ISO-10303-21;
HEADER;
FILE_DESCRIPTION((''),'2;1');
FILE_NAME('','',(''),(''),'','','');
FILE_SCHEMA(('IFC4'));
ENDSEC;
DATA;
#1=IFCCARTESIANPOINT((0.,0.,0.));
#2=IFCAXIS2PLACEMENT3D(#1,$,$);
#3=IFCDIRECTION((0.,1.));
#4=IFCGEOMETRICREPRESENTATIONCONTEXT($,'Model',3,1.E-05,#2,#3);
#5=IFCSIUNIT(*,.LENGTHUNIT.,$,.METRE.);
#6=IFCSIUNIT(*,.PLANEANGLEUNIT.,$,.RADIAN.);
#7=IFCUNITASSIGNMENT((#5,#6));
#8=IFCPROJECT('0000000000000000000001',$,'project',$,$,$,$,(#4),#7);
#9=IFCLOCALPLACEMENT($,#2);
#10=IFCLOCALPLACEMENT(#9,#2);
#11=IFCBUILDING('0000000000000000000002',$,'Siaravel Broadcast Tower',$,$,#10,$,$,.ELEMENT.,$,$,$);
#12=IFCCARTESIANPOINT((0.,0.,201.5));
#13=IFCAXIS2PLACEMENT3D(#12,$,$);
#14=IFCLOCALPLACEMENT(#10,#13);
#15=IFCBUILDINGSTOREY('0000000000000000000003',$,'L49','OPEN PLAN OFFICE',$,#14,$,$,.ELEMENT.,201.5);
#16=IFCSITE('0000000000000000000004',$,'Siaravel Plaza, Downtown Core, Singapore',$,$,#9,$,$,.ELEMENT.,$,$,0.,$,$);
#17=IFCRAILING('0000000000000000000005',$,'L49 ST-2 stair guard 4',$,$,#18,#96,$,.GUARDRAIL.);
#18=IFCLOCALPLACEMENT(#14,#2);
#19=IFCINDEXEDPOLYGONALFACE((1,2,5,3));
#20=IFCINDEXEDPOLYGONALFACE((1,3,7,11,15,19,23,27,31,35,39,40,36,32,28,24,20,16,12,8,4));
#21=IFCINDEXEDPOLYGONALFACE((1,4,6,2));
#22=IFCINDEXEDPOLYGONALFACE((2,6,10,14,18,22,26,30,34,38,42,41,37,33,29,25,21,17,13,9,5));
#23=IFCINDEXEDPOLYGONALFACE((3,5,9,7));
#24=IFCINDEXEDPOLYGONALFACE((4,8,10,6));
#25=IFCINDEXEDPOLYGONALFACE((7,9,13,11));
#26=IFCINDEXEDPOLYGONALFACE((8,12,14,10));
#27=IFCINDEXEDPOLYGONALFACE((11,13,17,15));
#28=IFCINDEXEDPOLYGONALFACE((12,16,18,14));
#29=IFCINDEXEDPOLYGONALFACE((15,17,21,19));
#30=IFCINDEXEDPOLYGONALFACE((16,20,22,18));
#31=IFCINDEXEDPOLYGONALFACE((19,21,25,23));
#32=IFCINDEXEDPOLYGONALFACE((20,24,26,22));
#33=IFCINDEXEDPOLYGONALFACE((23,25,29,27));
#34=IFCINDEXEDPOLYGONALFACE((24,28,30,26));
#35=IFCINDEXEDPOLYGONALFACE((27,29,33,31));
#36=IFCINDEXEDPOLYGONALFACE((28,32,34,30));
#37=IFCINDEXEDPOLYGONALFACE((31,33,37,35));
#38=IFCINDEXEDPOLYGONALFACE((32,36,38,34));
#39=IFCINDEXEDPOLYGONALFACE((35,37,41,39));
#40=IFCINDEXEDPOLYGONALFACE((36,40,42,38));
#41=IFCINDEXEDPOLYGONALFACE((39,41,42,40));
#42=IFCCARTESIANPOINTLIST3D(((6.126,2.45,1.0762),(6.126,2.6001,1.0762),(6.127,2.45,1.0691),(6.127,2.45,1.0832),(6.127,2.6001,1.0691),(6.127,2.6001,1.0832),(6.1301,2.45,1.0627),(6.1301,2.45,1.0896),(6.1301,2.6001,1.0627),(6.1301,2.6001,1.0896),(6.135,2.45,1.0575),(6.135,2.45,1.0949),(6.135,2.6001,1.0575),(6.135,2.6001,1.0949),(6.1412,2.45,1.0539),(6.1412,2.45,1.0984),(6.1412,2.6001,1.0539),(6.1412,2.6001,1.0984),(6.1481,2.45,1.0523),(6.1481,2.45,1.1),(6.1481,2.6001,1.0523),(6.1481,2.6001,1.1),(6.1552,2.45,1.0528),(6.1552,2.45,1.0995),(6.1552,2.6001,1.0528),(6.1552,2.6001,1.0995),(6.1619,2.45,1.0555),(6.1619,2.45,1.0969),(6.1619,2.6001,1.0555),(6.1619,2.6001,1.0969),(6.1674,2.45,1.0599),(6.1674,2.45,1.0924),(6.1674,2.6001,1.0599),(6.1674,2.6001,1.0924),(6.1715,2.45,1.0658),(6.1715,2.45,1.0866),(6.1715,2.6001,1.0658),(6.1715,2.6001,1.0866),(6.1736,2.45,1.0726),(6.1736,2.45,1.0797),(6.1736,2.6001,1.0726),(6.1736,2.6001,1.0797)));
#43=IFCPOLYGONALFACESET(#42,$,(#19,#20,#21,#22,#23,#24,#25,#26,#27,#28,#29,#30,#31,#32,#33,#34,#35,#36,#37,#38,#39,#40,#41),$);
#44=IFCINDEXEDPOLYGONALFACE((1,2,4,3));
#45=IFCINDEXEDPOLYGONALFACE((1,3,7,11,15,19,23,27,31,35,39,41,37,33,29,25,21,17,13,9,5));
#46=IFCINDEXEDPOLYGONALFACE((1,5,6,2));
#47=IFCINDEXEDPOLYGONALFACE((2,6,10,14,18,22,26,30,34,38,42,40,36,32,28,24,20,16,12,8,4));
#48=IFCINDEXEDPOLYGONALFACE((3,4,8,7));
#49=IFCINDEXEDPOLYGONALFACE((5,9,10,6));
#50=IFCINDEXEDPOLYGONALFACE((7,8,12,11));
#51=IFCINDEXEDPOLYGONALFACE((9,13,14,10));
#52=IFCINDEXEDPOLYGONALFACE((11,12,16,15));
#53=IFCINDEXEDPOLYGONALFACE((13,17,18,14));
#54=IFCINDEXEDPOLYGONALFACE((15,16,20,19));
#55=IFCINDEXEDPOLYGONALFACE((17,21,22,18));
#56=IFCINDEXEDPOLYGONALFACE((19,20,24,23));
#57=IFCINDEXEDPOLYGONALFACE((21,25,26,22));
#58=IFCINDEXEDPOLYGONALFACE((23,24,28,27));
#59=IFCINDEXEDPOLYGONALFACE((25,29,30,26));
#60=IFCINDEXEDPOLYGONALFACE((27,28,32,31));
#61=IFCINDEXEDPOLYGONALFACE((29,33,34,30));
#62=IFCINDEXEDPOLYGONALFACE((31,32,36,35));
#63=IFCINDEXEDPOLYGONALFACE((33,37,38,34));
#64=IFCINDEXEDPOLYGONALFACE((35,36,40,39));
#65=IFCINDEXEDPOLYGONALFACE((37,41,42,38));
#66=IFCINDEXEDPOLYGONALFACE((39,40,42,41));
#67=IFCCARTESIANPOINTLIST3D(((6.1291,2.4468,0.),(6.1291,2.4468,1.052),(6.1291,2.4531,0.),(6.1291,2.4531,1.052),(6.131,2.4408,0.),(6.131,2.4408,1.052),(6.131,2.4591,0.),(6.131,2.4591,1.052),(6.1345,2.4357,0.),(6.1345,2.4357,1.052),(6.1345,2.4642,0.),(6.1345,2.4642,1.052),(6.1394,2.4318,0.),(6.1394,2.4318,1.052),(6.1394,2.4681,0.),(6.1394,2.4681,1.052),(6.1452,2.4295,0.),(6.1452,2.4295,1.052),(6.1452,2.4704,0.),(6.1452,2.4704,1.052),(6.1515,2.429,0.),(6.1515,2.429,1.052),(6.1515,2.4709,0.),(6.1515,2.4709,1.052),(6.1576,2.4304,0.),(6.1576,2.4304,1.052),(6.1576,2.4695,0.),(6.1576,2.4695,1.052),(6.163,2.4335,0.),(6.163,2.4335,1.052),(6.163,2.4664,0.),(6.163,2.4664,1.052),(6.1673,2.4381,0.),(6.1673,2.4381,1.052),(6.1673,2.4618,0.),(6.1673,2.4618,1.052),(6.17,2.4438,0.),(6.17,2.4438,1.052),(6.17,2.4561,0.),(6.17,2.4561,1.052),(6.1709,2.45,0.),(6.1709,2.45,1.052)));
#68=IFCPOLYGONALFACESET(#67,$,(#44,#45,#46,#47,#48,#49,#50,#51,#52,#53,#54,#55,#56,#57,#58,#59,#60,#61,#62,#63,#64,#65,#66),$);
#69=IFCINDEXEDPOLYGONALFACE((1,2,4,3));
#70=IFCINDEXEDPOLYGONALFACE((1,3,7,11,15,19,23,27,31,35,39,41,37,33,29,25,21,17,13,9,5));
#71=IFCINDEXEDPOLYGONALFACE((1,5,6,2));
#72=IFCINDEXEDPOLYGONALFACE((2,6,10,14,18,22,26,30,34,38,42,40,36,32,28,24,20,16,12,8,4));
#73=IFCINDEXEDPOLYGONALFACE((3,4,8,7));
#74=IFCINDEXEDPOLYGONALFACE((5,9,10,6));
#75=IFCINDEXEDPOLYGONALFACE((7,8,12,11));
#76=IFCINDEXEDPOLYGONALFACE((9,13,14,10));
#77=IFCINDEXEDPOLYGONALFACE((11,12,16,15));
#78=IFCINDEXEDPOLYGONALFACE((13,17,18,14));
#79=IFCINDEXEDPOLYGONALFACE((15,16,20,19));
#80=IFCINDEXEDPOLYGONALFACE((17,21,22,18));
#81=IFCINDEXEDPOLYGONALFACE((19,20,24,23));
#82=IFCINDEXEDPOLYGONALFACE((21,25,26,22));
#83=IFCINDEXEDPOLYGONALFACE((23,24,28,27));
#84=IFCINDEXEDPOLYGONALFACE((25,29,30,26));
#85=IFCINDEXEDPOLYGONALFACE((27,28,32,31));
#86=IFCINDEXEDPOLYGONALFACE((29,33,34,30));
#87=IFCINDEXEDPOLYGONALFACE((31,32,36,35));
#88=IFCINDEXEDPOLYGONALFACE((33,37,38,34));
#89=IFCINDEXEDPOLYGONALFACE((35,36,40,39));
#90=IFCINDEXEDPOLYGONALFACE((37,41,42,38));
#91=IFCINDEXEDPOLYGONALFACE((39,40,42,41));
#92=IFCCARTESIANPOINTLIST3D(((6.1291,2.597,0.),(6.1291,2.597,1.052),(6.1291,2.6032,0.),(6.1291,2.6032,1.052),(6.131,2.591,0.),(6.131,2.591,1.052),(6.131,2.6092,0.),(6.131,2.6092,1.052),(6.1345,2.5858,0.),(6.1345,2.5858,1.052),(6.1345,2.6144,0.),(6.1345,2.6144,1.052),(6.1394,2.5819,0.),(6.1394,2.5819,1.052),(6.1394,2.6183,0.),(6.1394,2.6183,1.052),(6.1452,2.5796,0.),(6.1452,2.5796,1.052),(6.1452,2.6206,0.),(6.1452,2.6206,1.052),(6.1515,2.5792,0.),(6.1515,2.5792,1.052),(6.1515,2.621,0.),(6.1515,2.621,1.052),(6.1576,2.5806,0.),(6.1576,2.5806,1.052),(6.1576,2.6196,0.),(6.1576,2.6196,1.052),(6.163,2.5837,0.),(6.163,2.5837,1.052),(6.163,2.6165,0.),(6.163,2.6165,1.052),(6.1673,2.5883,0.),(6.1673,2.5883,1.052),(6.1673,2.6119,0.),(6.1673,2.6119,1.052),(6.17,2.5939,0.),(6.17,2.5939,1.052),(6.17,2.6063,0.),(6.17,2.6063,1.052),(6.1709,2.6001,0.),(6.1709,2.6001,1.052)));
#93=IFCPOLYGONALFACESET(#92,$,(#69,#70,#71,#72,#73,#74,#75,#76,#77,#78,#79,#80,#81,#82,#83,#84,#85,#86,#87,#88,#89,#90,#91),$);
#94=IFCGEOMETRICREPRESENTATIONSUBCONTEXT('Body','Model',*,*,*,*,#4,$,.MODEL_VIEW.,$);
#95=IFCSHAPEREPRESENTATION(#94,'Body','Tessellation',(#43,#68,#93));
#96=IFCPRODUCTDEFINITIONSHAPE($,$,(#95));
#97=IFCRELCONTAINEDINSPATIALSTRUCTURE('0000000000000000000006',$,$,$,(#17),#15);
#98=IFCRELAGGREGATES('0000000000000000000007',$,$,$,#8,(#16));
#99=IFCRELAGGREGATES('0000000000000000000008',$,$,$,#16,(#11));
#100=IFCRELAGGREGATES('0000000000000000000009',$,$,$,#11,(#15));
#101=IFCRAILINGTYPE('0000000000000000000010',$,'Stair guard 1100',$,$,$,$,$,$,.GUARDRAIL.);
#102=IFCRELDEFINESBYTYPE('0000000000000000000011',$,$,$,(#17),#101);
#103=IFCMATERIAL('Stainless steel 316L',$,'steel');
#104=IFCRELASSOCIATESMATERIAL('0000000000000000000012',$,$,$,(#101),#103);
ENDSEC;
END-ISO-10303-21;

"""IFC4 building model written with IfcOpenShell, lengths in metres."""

from ifc_helpers import new_model, si_unit, direction, frame, origin, origin_2d, place, context, subcontext, project, spatial, circle, extrude, material, type_object, element, save


model = new_model("IFC4")

# Units and contexts
model_context = context("Model", 3, precision=1e-05, world=origin(), true_north=direction((0.0, 1.0)))
body_context = subcontext(model_context, "Body", "Model", "MODEL_VIEW")
ifc_project = project(units=[si_unit("LENGTHUNIT", "METRE"), si_unit("PLANEANGLEUNIT", "RADIAN")], contexts=[model_context])

# Site, building, storey
site_placement = place(None, origin())
site = spatial("IfcSite", under=ifc_project, at=site_placement, Name="Siaravel Plaza, Downtown Core, Singapore", CompositionType="ELEMENT", RefElevation=0.0)
building_placement = place(site_placement, origin())
building = spatial("IfcBuilding", under=site, at=building_placement, Name="Siaravel Broadcast Tower", CompositionType="ELEMENT")
storey_placement = place(building_placement, frame((0.0, 0.0, 201.5)))
storey = spatial("IfcBuildingStorey", under=building, at=storey_placement, Name="L49", Description="OPEN PLAN OFFICE", CompositionType="ELEMENT", Elevation=201.5)

# Railing
ifc_material_1 = material(Name="Stainless steel 316L", Category="steel")
railing_type_1 = type_object("IfcRailingType", Name="Stair guard 1100", PredefinedType="GUARDRAIL", material=ifc_material_1)
railing_1_placement = place(storey_placement, frame((6.1499, 2.45, 0.0)))
element("IfcRailing", 1, at=railing_1_placement, inside=storey, type_object=railing_type_1, Name="L49 ST-2 stair guard 4", PredefinedType="GUARDRAIL", context=body_context, shape_type="SweptSolid", body=[
    extrude(circle(Radius=0.0239, at=origin_2d()), frame((0.0, 0.0, 1.0762), z_axis=(0.0, 1.0, 0.0), x_axis=(-1.0, 0.0, 0.0)), (0.0, 0.0, 1.0), 0.1501),
    extrude(circle(Radius=0.021, at=origin_2d()), origin(), (0.0, 0.0, 1.0), 1.052),
    extrude(circle(Radius=0.021, at=origin_2d()), frame((0.0, 0.1501, 0.0)), (0.0, 0.0, 1.0), 1.052),
])

save(model, "model.ifc")
